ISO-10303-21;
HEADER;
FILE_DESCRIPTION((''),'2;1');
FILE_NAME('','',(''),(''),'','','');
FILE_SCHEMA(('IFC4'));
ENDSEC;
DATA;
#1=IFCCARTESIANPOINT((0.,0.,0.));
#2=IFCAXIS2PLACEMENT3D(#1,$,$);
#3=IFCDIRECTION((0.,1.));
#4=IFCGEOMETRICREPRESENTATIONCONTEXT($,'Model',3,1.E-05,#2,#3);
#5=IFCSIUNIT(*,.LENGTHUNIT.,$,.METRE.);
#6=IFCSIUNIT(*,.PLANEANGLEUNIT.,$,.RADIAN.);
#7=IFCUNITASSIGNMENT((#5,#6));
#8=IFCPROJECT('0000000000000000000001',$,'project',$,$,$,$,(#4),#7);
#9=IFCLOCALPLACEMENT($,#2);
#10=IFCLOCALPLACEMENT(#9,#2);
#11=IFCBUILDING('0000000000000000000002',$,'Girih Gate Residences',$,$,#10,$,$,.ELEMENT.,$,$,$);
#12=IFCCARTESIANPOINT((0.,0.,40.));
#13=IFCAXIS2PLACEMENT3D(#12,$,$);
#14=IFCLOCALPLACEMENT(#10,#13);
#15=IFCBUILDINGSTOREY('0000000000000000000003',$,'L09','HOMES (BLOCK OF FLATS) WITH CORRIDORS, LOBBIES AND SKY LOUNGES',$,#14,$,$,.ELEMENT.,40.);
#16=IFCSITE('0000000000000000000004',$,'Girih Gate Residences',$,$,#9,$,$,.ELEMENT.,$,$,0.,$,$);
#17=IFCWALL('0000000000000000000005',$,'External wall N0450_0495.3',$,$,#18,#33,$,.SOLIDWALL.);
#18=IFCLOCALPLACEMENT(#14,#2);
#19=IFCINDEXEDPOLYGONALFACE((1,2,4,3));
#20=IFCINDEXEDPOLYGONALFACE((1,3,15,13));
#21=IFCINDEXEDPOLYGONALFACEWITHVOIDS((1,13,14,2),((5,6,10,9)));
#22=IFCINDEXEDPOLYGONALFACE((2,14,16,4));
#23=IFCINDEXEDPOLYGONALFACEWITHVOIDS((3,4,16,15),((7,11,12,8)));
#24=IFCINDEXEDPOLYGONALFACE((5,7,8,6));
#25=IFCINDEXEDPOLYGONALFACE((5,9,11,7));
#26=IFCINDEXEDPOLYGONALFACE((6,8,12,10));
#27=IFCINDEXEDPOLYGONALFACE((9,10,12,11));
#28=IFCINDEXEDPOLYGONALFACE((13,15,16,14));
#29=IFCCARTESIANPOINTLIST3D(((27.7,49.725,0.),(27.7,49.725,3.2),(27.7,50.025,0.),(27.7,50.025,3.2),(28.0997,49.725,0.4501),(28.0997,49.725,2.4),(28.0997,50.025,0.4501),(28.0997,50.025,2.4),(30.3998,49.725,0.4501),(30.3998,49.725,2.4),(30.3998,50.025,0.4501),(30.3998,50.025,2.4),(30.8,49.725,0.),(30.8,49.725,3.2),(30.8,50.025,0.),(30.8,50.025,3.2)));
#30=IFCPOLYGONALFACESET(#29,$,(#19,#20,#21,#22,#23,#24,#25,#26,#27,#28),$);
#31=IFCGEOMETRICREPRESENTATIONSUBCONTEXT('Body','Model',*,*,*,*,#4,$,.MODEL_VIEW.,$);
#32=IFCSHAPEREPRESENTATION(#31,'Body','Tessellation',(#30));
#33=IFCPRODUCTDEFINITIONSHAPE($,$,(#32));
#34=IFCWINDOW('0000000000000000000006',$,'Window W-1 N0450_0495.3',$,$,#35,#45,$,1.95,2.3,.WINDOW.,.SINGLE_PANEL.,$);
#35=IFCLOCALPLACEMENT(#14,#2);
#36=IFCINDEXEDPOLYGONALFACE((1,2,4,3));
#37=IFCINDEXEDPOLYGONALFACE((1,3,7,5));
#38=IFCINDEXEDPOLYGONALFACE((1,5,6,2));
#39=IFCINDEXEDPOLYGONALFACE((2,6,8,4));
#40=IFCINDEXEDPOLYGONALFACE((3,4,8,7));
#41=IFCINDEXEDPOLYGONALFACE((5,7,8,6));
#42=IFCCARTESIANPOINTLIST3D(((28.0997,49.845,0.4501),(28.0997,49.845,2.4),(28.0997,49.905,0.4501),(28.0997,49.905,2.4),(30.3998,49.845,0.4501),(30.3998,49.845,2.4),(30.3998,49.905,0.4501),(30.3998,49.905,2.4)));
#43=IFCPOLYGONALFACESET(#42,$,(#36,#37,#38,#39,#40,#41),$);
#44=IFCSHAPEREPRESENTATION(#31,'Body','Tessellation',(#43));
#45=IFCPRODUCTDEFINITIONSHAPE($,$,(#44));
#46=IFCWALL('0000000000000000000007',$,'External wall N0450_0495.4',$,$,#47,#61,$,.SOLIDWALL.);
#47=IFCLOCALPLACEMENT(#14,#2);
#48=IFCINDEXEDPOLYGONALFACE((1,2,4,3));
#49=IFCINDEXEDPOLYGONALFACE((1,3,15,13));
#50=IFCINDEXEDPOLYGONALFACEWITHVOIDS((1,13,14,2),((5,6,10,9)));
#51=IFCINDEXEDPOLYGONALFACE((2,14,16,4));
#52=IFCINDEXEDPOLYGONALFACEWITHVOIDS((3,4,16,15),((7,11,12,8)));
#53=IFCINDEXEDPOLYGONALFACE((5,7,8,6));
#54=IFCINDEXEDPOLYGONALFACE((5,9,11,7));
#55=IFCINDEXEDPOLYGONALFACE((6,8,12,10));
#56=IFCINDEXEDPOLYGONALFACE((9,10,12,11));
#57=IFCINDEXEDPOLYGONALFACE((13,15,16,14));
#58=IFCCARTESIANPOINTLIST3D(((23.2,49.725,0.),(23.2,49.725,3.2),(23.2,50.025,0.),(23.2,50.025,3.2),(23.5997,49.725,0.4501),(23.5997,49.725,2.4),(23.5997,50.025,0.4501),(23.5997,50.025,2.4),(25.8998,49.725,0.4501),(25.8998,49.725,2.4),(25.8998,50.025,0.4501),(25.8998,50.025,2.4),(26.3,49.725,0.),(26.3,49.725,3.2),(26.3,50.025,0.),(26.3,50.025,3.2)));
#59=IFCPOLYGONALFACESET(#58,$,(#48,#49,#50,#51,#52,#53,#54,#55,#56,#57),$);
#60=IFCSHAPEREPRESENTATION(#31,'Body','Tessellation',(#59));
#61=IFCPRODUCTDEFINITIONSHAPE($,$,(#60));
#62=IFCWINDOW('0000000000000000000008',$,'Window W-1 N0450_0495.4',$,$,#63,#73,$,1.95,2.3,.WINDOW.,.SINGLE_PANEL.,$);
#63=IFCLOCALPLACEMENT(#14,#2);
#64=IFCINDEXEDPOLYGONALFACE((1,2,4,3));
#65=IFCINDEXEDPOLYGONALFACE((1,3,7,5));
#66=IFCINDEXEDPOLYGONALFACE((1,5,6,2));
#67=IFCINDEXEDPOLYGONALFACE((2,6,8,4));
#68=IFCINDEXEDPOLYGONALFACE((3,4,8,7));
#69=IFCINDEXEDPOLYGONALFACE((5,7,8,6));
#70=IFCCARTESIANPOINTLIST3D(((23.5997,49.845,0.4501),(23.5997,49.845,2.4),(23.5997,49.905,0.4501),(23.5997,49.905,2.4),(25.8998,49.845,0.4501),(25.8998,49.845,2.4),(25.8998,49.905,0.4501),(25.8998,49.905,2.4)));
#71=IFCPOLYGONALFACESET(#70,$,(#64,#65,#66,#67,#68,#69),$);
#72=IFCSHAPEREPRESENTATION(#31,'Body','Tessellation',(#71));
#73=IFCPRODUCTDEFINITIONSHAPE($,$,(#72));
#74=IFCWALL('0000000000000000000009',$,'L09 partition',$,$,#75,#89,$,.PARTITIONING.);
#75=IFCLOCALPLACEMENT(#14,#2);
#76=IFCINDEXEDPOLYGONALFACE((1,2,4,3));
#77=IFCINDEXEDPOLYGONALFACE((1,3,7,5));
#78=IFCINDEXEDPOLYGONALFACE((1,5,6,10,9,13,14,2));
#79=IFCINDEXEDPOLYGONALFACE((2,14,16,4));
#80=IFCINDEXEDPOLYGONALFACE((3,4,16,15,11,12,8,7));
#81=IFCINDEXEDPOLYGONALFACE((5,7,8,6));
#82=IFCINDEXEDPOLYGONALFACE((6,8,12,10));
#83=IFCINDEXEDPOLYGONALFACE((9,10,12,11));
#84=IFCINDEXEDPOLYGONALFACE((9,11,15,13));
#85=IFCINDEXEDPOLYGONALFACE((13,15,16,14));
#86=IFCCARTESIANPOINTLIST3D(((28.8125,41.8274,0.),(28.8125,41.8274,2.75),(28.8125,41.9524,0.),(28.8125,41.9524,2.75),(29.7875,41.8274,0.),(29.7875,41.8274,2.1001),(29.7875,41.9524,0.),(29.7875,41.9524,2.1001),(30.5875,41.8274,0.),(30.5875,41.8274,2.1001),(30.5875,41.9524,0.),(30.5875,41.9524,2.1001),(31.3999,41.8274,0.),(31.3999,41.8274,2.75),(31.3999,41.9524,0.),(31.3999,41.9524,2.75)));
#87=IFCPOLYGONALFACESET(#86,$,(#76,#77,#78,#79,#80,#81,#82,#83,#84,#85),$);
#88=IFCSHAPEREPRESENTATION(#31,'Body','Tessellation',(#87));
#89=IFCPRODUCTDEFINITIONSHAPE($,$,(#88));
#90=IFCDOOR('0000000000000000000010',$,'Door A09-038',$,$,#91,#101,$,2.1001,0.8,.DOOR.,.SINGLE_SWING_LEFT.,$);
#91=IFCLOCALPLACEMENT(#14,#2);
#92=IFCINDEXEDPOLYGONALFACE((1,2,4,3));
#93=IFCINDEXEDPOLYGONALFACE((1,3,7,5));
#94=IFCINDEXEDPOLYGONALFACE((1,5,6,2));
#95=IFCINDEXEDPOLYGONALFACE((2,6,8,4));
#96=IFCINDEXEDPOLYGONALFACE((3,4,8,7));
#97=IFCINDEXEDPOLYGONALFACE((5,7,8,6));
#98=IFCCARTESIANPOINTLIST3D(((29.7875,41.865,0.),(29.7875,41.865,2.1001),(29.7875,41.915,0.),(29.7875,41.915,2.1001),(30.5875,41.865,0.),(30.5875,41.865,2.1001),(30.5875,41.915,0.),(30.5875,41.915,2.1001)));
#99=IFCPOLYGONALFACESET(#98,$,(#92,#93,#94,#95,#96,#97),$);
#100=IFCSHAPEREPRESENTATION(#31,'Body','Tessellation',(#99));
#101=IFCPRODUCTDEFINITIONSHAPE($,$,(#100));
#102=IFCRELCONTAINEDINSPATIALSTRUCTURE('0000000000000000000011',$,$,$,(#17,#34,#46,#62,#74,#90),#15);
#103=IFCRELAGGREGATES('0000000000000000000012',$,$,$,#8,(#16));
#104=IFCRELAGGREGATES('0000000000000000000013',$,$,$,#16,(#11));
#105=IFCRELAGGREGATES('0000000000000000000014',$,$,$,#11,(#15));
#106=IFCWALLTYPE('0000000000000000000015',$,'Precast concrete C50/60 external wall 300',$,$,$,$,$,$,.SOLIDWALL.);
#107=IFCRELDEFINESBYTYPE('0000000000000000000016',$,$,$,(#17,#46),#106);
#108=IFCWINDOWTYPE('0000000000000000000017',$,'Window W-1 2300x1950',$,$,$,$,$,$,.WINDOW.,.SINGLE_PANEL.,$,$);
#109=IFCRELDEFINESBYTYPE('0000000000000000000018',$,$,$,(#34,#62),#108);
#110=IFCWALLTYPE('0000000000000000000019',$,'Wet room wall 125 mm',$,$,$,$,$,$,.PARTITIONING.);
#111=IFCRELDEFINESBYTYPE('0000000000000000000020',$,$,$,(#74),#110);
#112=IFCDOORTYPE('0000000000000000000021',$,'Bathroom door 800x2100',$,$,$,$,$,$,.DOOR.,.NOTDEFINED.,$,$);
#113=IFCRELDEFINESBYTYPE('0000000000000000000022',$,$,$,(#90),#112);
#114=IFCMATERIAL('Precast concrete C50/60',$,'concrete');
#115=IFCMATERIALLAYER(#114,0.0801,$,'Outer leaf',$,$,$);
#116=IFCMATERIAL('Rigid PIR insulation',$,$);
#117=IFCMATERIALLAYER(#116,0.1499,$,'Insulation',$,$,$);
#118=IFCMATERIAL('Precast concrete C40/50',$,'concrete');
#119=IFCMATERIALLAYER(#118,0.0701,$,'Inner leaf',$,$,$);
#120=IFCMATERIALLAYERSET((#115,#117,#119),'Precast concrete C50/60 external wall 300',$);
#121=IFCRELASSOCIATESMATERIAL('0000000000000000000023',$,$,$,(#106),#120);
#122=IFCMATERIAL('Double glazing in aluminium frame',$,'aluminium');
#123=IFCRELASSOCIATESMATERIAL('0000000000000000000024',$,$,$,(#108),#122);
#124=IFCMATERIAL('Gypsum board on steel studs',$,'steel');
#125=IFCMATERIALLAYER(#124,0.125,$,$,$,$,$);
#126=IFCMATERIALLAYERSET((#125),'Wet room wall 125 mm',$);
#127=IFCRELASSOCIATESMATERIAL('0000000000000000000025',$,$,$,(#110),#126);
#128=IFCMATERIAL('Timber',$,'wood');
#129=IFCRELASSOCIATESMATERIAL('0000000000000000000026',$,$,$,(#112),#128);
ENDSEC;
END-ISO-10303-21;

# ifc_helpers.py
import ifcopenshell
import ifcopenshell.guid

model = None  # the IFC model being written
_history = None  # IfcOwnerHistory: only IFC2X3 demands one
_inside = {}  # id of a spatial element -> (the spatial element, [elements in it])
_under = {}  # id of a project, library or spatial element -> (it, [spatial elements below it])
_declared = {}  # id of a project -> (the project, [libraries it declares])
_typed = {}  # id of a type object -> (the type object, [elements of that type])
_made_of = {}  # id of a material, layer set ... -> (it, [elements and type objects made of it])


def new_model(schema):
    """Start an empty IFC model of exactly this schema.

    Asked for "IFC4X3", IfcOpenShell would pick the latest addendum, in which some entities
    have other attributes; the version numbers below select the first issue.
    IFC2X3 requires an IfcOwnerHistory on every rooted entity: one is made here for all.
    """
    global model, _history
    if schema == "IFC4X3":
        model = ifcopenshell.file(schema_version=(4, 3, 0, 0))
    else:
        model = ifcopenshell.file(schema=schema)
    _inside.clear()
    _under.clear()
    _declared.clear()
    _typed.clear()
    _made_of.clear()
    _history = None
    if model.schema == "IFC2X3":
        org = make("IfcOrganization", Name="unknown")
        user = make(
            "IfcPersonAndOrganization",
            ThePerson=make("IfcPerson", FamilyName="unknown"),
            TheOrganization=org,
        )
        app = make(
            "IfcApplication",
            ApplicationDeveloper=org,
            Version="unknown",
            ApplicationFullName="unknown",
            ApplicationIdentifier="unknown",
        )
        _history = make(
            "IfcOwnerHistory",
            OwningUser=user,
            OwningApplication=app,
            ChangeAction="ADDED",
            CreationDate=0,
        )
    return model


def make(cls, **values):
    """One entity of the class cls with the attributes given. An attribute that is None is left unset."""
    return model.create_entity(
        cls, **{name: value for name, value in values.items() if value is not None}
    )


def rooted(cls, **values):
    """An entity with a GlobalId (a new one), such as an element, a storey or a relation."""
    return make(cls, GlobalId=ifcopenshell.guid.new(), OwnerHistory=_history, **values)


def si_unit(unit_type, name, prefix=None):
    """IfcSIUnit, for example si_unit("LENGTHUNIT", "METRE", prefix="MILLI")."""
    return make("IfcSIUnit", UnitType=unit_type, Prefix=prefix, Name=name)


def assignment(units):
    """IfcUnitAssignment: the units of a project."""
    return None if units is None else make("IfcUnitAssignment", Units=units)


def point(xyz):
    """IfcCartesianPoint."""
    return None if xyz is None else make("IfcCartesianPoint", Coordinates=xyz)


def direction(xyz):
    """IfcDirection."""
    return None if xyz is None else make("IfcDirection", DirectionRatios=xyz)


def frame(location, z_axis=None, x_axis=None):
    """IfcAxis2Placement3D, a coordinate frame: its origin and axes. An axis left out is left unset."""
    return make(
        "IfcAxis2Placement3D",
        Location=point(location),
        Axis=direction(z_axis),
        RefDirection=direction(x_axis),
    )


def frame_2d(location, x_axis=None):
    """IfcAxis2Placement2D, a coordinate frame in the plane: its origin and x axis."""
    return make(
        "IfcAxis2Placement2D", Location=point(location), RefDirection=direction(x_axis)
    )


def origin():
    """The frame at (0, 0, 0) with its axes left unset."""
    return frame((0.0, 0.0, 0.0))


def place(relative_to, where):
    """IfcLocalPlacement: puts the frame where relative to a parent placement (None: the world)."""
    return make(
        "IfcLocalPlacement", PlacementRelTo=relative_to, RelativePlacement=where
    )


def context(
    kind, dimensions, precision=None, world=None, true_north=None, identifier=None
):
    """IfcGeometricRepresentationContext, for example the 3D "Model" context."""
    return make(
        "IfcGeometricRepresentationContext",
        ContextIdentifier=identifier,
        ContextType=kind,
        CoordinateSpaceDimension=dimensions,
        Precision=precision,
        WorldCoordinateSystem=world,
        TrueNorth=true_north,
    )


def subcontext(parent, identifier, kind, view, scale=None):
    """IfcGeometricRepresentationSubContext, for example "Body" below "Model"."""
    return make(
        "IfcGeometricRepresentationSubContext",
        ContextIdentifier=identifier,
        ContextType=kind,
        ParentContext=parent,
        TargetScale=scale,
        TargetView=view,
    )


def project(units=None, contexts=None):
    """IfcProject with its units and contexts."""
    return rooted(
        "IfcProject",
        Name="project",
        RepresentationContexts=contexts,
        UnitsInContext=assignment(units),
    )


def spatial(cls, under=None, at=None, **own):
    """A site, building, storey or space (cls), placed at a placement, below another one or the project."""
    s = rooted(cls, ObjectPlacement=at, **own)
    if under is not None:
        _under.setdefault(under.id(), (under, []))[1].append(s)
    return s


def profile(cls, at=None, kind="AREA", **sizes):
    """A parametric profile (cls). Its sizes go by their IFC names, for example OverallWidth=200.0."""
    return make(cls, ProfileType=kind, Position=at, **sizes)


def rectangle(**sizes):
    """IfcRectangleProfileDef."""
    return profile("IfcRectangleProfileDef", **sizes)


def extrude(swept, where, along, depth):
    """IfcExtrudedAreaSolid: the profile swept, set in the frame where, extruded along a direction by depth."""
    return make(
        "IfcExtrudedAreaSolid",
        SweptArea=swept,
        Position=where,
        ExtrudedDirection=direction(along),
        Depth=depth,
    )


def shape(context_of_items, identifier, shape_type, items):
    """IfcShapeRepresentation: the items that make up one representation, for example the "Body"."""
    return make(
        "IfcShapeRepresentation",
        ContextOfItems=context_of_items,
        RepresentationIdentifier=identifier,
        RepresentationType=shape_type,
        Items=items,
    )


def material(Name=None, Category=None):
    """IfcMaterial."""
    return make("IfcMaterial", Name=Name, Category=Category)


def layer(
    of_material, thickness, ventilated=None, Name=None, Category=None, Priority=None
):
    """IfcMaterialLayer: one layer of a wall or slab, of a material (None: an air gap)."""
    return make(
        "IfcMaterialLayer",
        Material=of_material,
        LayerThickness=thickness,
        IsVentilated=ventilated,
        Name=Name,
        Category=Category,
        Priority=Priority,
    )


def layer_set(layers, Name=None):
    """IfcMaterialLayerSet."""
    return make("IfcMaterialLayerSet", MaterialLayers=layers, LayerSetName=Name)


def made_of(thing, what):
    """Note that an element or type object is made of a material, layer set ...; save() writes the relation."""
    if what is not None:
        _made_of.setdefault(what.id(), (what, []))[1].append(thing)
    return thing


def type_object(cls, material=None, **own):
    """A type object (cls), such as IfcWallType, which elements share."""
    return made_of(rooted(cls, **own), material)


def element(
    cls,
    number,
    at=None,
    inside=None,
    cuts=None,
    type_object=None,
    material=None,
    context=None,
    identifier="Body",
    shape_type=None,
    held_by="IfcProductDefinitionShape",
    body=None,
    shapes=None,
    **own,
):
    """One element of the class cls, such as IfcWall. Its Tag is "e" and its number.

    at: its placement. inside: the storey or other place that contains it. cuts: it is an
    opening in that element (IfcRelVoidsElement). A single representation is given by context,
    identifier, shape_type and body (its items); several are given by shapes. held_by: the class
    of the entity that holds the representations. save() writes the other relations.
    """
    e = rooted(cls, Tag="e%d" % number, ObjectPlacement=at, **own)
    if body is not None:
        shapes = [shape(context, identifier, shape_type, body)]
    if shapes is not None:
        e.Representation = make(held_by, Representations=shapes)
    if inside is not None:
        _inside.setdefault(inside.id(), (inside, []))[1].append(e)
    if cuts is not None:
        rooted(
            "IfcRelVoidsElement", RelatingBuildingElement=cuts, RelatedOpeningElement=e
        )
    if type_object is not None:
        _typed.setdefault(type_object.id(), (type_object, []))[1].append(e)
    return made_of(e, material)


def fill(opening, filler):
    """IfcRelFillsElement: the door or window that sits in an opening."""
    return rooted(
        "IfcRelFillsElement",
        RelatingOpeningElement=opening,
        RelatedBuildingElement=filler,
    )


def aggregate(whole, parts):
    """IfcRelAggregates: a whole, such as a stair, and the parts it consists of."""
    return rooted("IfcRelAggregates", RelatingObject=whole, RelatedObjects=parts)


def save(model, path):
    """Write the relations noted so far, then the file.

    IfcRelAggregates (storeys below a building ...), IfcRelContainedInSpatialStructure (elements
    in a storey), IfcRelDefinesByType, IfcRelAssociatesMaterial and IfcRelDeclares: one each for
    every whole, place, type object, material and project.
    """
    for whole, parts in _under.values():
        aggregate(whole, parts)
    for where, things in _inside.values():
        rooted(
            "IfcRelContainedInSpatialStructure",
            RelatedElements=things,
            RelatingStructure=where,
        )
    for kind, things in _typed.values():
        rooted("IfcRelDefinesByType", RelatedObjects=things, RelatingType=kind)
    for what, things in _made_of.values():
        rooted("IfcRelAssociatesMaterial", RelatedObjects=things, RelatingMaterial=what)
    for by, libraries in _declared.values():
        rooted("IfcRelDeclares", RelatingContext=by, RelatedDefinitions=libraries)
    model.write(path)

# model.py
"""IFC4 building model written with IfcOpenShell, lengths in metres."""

from ifc_helpers import new_model, si_unit, direction, frame, frame_2d, origin, place, context, subcontext, project, spatial, rectangle, extrude, material, layer, layer_set, type_object, element, fill, save


model = new_model("IFC4")

# Units and contexts
model_context = context("Model", 3, precision=1e-05, world=origin(), true_north=direction((0.0, 1.0)))
body_context = subcontext(model_context, "Body", "Model", "MODEL_VIEW")
ifc_project = project(units=[si_unit("LENGTHUNIT", "METRE"), si_unit("PLANEANGLEUNIT", "RADIAN")], contexts=[model_context])

# Site, building, storey
site_placement = place(None, origin())
site = spatial("IfcSite", under=ifc_project, at=site_placement, Name="Girih Gate Residences", CompositionType="ELEMENT", RefElevation=0.0)
building_placement = place(site_placement, origin())
building = spatial("IfcBuilding", under=site, at=building_placement, Name="Girih Gate Residences", CompositionType="ELEMENT")
storey_placement = place(building_placement, frame((0.0, 0.0, 40.0)))
storey = spatial("IfcBuildingStorey", under=building, at=storey_placement, Name="L09", Description="HOMES (BLOCK OF FLATS) WITH CORRIDORS, LOBBIES AND SKY LOUNGES", CompositionType="ELEMENT", Elevation=40.0)

# Shared definitions
ifc_material_1 = material(Name="Gypsum board on steel studs", Category="steel")

# Shared definitions
ifc_material_2 = material(Name="Timber", Category="wood")

# Walls, openings, windows
ifc_material_3 = material(Name="Precast concrete C50/60", Category="concrete")
ifc_layer_1 = layer(ifc_material_3, 0.0801, Name="Outer leaf")
ifc_material_4 = material(Name="Rigid PIR insulation")
ifc_layer_2 = layer(ifc_material_4, 0.1499, Name="Insulation")
ifc_material_5 = material(Name="Precast concrete C40/50", Category="concrete")
ifc_layer_3 = layer(ifc_material_5, 0.0701, Name="Inner leaf")
ifc_layer_set_1 = layer_set([ifc_layer_1, ifc_layer_2, ifc_layer_3], Name="Precast concrete C50/60 external wall 300")
wall_type_1 = type_object("IfcWallType", Name="Precast concrete C50/60 external wall 300", PredefinedType="SOLIDWALL", material=ifc_layer_set_1)
wall_1_placement = place(storey_placement, frame((27.7, 49.875, 0.0), z_axis=(0.0, 0.0, 1.0), x_axis=(1.0, 0.0, 0.0)))
wall_1 = element("IfcWall", 1, at=wall_1_placement, inside=storey, type_object=wall_type_1, Name="External wall N0450_0495.3", PredefinedType="SOLIDWALL", context=body_context, shape_type="SweptSolid", body=[
    extrude(rectangle(XDim=3.1001, YDim=0.3, at=frame_2d((1.55, 0.0))), origin(), (0.0, 0.0, 1.0), 3.2),
])
opening_1_placement = place(wall_1_placement, frame((0.3999, 0.0, 0.45)))
opening_1 = element("IfcOpeningElement", 2, at=opening_1_placement, cuts=wall_1, PredefinedType="OPENING", context=body_context, shape_type="SweptSolid", body=[
    extrude(rectangle(XDim=2.3, YDim=1.95, at=frame_2d((1.1499, 0.9751))), frame((0.0, 0.1599, 0.0), z_axis=(0.0, -1.0, 0.0), x_axis=(1.0, 0.0, 0.0)), (0.0, 0.0, 1.0), 0.3201),
])
ifc_material_6 = material(Name="Double glazing in aluminium frame", Category="aluminium")
window_type = type_object("IfcWindowType", Name="Window W-1 2300x1950", PartitioningType="SINGLE_PANEL", PredefinedType="WINDOW", material=ifc_material_6)
window_1_placement = place(opening_1_placement, origin())
window_1 = element("IfcWindow", 3, at=window_1_placement, inside=storey, type_object=window_type, Name="Window W-1 N0450_0495.3", OverallHeight=1.95, OverallWidth=2.3, PartitioningType="SINGLE_PANEL", PredefinedType="WINDOW", context=body_context, shape_type="SweptSolid", body=[
    extrude(rectangle(XDim=2.3, YDim=1.95, at=frame_2d((1.1499, 0.9751))), frame((0.0, 0.03, 0.0), z_axis=(0.0, -1.0, 0.0), x_axis=(1.0, 0.0, 0.0)), (0.0, 0.0, 1.0), 0.0601),
])
fill(opening_1, window_1)
wall_2_placement = place(storey_placement, frame((23.2, 49.875, 0.0), z_axis=(0.0, 0.0, 1.0), x_axis=(1.0, 0.0, 0.0)))
wall_2 = element("IfcWall", 4, at=wall_2_placement, inside=storey, type_object=wall_type_1, Name="External wall N0450_0495.4", PredefinedType="SOLIDWALL", context=body_context, shape_type="SweptSolid", body=[
    extrude(rectangle(XDim=3.1001, YDim=0.3, at=frame_2d((1.55, 0.0))), origin(), (0.0, 0.0, 1.0), 3.2),
])
opening_2_placement = place(wall_2_placement, frame((0.3999, 0.0, 0.45)))
opening_2 = element("IfcOpeningElement", 5, at=opening_2_placement, cuts=wall_2, PredefinedType="OPENING", context=body_context, shape_type="SweptSolid", body=[
    extrude(rectangle(XDim=2.3, YDim=1.95, at=frame_2d((1.1499, 0.9751))), frame((0.0, 0.1599, 0.0), z_axis=(0.0, -1.0, 0.0), x_axis=(1.0, 0.0, 0.0)), (0.0, 0.0, 1.0), 0.3201),
])
window_2_placement = place(opening_2_placement, origin())
window_2 = element("IfcWindow", 6, at=window_2_placement, inside=storey, type_object=window_type, Name="Window W-1 N0450_0495.4", OverallHeight=1.95, OverallWidth=2.3, PartitioningType="SINGLE_PANEL", PredefinedType="WINDOW", context=body_context, shape_type="SweptSolid", body=[
    extrude(rectangle(XDim=2.3, YDim=1.95, at=frame_2d((1.1499, 0.9751))), frame((0.0, 0.03, 0.0), z_axis=(0.0, -1.0, 0.0), x_axis=(1.0, 0.0, 0.0)), (0.0, 0.0, 1.0), 0.0601),
])
fill(opening_2, window_2)

# Wall, opening, door
ifc_layer_4 = layer(ifc_material_1, 0.125)
ifc_layer_set_2 = layer_set([ifc_layer_4], Name="Wet room wall 125 mm")
wall_type_2 = type_object("IfcWallType", Name="Wet room wall 125 mm", PredefinedType="PARTITIONING", material=ifc_layer_set_2)
wall_3_placement = place(storey_placement, frame((31.3999, 41.8899, 0.0), z_axis=(0.0, 0.0, 1.0), x_axis=(-1.0, 0.0, 0.0)))
wall_3 = element("IfcWall", 7, at=wall_3_placement, inside=storey, type_object=wall_type_2, Name="L09 partition", PredefinedType="PARTITIONING", context=body_context, shape_type="SweptSolid", body=[
    extrude(rectangle(XDim=2.5874, YDim=0.125, at=frame_2d((1.2937, 0.0))), origin(), (0.0, 0.0, 1.0), 2.75),
])
opening_3_placement = place(wall_3_placement, frame((0.8125, 0.0, 0.0)))
opening_3 = element("IfcOpeningElement", 8, at=opening_3_placement, cuts=wall_3, PredefinedType="OPENING", context=body_context, shape_type="SweptSolid", body=[
    extrude(rectangle(XDim=0.8, YDim=2.1001, at=frame_2d((0.3999, 1.05))), frame((0.0, 0.0725, 0.0), z_axis=(0.0, -1.0, 0.0), x_axis=(1.0, 0.0, 0.0)), (0.0, 0.0, 1.0), 0.145),
])
door_type_1 = type_object("IfcDoorType", Name="Bathroom door 800x2100", OperationType="NOTDEFINED", PredefinedType="DOOR", material=ifc_material_2)
door_1_placement = place(opening_3_placement, origin())
door_1 = element("IfcDoor", 9, at=door_1_placement, inside=storey, type_object=door_type_1, Name="Door A09-038", OperationType="SINGLE_SWING_LEFT", OverallHeight=2.1001, OverallWidth=0.8, PredefinedType="DOOR", context=body_context, shape_type="SweptSolid", body=[
    extrude(rectangle(XDim=0.8, YDim=2.1001, at=frame_2d((0.3999, 1.05))), frame((0.0, 0.0249, 0.0), z_axis=(0.0, -1.0, 0.0), x_axis=(1.0, 0.0, 0.0)), (0.0, 0.0, 1.0), 0.05),
])
fill(opening_3, door_1)

save(model, "model.ifc")
